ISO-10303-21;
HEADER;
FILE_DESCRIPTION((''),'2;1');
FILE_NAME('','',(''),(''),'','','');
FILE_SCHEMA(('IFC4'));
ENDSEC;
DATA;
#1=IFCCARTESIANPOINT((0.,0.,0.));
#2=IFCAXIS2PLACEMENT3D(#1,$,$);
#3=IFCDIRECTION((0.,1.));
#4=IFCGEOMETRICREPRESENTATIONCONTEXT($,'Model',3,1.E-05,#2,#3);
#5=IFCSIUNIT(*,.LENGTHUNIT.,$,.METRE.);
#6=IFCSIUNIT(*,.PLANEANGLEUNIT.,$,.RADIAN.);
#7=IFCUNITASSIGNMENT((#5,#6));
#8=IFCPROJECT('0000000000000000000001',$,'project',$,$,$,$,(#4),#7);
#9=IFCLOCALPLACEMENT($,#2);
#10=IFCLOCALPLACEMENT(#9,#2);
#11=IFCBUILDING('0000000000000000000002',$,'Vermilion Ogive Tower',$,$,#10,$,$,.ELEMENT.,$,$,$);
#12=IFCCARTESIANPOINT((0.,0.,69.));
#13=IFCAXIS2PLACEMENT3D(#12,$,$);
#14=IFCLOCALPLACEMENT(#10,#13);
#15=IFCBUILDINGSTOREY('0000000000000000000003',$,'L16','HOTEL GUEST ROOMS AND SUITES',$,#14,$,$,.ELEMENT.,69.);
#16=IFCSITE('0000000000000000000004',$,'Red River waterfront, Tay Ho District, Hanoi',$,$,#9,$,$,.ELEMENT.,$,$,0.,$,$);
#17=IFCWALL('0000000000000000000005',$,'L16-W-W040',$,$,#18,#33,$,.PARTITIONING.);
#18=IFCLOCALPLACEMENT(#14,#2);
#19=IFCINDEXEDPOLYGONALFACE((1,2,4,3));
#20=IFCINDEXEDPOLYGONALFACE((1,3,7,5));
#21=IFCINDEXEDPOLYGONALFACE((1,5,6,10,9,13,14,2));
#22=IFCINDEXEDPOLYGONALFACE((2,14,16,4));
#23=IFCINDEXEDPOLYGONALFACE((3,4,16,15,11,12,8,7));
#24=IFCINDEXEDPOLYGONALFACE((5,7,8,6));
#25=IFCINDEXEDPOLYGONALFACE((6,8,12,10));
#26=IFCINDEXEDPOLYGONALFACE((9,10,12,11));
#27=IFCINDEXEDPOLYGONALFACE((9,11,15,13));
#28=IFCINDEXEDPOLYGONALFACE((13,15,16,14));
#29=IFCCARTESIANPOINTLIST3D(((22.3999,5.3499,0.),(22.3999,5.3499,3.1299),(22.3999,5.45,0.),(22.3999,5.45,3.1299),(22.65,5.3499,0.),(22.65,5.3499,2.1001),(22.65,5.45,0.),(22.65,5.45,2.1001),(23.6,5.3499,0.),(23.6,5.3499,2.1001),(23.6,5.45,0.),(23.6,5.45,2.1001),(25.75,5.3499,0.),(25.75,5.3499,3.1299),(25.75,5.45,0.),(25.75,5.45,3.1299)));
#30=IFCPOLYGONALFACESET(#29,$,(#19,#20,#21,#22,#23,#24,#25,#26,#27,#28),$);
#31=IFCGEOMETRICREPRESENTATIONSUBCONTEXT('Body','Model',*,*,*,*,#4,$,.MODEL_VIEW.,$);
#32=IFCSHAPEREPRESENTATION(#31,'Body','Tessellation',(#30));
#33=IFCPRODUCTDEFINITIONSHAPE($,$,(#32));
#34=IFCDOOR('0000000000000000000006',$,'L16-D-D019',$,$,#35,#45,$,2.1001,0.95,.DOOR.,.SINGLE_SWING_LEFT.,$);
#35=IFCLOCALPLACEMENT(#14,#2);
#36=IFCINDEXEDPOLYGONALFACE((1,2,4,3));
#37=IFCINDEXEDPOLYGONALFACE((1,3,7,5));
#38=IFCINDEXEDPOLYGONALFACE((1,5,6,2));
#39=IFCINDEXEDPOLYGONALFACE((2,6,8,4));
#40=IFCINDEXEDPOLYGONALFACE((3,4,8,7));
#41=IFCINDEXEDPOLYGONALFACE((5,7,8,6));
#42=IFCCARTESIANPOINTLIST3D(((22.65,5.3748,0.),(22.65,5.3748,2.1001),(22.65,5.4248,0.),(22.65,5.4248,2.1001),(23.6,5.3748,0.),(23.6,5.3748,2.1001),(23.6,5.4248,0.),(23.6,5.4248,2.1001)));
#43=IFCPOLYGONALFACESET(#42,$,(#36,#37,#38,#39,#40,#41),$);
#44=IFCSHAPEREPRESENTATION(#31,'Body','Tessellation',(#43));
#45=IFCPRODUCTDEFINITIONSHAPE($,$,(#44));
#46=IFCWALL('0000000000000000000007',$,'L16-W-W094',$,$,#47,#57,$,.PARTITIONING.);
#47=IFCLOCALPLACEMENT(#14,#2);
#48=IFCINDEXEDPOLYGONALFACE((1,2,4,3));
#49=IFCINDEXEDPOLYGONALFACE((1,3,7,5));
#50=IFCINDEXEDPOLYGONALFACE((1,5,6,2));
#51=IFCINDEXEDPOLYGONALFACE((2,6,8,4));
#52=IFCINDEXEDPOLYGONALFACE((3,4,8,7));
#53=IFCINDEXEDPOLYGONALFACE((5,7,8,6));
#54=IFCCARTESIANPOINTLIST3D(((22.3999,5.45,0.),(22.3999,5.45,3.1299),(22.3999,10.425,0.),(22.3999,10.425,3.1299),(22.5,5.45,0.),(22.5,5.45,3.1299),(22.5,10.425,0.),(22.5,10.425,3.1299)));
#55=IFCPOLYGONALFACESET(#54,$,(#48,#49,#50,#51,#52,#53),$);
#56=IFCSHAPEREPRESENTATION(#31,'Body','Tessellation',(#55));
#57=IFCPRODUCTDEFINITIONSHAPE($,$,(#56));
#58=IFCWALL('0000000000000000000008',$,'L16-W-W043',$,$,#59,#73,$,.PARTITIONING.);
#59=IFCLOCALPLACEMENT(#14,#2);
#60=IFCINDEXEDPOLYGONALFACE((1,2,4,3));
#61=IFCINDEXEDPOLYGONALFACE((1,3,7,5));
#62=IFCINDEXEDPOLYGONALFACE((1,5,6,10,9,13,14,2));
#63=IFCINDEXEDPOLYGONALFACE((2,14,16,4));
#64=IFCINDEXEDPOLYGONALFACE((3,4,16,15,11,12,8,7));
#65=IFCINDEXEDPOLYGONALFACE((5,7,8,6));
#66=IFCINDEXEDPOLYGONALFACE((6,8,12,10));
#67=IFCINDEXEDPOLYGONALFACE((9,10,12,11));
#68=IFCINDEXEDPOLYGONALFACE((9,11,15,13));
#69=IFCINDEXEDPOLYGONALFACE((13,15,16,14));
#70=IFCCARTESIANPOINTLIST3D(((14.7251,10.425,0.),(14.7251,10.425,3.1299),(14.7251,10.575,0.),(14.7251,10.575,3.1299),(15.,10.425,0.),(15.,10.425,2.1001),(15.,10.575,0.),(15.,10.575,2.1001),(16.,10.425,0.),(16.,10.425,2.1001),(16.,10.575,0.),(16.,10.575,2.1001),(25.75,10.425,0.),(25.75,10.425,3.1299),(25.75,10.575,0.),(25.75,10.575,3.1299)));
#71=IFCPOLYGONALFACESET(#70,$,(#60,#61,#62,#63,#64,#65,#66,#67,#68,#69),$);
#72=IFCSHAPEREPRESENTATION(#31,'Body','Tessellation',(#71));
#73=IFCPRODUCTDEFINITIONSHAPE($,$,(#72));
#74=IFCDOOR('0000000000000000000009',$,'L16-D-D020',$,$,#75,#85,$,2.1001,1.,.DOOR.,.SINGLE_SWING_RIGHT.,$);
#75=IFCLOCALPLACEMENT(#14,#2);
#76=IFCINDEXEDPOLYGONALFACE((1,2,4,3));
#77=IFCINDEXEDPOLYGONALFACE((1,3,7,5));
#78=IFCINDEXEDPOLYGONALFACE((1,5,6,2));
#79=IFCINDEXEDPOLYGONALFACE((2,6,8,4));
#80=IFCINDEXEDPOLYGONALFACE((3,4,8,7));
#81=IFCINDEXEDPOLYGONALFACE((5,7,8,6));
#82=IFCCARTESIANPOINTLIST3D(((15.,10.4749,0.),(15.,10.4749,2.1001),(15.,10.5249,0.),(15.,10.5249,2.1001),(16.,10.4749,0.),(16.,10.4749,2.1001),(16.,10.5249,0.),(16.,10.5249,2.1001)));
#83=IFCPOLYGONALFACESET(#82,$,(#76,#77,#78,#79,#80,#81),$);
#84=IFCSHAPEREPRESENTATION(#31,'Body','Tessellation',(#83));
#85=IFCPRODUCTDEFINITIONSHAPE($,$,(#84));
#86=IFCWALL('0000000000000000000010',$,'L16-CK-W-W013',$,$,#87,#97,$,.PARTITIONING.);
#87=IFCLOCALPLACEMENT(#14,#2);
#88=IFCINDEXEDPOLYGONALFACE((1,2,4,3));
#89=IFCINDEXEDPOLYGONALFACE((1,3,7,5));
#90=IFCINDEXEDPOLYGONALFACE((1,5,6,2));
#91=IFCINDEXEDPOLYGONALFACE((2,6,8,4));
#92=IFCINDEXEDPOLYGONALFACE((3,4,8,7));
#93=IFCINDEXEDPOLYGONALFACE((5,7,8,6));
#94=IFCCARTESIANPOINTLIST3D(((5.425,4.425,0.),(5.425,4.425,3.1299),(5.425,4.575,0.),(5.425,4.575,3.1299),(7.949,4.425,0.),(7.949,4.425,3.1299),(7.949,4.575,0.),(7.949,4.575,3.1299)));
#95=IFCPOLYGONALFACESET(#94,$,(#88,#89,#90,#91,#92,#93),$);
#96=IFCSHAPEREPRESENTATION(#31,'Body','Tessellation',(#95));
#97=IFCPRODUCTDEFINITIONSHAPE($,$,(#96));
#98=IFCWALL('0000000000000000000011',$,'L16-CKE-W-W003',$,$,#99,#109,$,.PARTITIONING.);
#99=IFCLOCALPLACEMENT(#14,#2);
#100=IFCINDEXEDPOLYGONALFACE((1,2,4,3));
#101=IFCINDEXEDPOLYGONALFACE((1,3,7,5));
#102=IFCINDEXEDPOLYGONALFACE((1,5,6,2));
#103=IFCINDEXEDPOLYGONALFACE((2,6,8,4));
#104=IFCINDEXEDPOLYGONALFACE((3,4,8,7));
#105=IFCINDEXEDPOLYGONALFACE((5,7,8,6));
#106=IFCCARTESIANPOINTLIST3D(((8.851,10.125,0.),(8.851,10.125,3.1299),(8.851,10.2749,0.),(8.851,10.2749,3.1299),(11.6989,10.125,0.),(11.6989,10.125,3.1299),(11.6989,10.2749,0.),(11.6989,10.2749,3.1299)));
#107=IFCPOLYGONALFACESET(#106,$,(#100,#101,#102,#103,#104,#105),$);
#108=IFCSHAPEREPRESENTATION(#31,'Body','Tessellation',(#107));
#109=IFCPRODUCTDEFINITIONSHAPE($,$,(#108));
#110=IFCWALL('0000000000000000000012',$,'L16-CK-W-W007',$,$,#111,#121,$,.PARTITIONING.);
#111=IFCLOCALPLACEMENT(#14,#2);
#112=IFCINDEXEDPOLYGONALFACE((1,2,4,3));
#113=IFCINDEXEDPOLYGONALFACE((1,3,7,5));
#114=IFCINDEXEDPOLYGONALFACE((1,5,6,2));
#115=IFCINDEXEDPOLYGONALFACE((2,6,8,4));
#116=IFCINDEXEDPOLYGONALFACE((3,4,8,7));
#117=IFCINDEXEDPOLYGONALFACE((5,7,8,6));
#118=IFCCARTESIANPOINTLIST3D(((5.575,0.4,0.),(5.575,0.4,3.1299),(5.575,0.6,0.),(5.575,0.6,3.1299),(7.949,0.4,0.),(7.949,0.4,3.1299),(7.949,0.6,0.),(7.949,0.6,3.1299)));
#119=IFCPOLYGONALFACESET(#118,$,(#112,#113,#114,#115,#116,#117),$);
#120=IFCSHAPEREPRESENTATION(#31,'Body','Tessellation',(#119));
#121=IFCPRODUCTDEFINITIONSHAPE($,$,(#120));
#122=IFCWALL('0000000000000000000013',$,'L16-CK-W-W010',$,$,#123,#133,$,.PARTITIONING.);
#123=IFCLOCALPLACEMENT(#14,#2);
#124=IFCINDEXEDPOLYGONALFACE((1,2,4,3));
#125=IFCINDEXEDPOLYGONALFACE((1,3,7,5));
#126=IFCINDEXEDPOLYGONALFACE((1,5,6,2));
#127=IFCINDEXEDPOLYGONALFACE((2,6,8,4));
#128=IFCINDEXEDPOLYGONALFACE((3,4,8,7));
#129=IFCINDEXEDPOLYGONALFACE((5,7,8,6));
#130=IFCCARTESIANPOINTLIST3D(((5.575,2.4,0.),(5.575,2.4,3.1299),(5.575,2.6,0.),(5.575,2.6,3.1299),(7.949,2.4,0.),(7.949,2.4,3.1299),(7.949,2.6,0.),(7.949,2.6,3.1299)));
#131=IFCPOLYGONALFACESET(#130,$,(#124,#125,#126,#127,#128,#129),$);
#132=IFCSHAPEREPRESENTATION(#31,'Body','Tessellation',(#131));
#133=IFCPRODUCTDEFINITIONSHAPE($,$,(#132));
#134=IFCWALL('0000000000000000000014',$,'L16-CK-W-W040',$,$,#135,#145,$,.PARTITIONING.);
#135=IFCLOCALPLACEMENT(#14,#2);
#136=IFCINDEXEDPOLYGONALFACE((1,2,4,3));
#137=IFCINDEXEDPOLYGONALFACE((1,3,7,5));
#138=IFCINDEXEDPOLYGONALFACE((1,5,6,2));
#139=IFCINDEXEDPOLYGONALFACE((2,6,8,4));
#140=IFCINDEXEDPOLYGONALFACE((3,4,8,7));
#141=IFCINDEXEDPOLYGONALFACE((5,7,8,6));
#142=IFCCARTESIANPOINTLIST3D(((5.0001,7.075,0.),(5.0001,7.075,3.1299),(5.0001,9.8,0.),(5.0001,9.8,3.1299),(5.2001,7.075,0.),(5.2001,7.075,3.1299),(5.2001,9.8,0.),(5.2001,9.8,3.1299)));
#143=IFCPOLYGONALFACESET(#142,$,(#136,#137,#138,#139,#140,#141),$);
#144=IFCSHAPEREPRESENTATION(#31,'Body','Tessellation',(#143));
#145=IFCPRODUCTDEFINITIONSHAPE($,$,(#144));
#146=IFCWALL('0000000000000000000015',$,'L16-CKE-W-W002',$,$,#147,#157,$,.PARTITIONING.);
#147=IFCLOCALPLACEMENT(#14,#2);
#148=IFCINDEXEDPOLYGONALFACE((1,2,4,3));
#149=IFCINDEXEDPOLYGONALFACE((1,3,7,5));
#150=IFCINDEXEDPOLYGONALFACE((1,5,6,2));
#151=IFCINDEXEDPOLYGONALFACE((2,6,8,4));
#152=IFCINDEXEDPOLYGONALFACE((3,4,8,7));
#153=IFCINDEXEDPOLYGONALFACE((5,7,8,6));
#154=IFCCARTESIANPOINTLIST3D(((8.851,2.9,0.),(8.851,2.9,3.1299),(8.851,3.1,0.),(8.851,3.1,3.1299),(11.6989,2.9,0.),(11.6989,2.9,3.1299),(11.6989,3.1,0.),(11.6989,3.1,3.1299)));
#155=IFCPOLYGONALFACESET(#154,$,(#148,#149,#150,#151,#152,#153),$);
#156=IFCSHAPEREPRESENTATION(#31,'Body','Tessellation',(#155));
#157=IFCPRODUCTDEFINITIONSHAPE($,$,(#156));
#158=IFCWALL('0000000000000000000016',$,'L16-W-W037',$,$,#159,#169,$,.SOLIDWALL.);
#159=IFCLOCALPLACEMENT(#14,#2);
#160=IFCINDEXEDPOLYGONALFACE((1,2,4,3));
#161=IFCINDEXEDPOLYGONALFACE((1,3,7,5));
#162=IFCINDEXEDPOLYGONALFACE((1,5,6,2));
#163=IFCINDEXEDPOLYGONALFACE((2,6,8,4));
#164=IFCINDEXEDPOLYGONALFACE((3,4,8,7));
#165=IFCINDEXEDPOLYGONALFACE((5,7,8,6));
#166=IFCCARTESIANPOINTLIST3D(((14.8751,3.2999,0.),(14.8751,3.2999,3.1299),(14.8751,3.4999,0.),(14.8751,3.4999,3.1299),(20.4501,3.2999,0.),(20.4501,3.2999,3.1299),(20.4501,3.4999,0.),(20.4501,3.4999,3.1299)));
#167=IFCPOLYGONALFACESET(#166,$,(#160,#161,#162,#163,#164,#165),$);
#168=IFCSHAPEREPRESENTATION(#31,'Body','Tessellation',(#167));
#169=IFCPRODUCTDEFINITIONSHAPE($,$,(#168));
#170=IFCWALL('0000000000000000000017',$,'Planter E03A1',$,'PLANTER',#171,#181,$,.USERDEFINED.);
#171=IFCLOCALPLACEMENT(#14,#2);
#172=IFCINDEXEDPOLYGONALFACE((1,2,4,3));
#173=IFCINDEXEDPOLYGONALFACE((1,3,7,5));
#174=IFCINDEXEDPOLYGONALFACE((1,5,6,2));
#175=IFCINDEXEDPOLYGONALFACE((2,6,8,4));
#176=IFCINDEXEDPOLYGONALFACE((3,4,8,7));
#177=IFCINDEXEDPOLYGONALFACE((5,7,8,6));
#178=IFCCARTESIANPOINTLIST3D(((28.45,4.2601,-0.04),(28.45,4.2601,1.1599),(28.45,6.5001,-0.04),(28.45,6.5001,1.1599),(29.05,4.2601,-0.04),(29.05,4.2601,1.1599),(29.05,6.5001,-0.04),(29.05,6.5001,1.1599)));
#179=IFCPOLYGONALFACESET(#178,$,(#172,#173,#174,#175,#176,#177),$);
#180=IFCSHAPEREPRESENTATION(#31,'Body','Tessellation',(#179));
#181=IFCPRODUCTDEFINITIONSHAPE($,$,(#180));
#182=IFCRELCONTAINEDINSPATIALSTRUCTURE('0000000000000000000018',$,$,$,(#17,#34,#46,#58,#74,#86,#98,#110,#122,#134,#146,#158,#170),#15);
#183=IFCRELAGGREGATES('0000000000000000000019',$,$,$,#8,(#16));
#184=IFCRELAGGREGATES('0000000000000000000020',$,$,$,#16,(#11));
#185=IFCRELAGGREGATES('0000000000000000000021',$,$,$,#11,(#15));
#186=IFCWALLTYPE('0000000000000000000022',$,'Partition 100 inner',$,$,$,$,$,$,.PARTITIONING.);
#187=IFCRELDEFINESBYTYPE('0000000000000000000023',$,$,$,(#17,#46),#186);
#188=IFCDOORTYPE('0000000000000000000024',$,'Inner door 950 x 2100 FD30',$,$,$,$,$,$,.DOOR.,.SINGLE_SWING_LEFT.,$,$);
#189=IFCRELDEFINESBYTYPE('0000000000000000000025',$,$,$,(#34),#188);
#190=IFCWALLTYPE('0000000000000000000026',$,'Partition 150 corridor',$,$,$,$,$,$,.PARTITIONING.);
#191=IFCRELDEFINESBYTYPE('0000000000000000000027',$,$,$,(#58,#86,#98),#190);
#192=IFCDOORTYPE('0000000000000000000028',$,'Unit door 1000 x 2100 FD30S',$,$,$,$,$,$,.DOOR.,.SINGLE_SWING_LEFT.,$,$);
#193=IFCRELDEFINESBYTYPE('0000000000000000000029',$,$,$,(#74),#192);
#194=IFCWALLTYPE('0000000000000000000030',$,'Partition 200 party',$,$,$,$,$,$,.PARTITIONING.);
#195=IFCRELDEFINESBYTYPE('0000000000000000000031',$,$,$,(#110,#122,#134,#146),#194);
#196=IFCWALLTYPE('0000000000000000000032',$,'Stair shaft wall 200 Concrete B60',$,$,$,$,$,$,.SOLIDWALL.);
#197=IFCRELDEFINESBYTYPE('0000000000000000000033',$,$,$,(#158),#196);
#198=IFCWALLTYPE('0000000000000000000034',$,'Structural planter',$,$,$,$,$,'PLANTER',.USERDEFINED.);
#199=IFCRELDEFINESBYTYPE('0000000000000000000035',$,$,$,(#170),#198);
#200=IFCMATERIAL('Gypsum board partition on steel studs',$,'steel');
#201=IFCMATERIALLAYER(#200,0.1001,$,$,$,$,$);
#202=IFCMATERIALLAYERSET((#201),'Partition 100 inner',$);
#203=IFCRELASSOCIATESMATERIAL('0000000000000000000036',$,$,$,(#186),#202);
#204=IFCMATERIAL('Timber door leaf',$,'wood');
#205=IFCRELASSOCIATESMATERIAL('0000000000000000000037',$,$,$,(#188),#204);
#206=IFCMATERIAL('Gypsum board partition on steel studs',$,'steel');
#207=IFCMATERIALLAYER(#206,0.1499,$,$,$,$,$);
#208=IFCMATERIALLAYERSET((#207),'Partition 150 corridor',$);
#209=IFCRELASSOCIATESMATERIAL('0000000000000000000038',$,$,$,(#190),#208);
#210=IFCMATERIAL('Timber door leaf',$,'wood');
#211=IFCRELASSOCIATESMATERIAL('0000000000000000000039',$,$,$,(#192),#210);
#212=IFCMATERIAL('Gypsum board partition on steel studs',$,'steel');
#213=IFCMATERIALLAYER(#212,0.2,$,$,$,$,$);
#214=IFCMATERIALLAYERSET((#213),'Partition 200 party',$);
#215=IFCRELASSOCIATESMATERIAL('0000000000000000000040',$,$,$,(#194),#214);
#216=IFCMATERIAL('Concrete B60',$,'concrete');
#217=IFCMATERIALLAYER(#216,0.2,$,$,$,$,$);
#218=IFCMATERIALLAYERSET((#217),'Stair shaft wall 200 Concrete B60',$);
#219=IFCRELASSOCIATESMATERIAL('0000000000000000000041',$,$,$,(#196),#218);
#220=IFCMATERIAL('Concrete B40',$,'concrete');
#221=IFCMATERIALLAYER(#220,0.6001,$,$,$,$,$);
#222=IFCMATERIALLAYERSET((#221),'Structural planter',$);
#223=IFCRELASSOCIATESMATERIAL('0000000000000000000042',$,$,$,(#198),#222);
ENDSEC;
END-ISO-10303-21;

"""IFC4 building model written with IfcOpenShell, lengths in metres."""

from ifc_helpers import new_model, si_unit, direction, frame, frame_2d, origin, place, context, subcontext, project, spatial, rectangle, extrude, material, layer, layer_set, type_object, element, fill, save


model = new_model("IFC4")

# Units and contexts
model_context = context("Model", 3, precision=1e-05, world=origin(), true_north=direction((0.0, 1.0)))
body_context = subcontext(model_context, "Body", "Model", "MODEL_VIEW")
ifc_project = project(units=[si_unit("LENGTHUNIT", "METRE"), si_unit("PLANEANGLEUNIT", "RADIAN")], contexts=[model_context])

# Site, building, storey
site_placement = place(None, origin())
site = spatial("IfcSite", under=ifc_project, at=site_placement, Name="Red River waterfront, Tay Ho District, Hanoi", CompositionType="ELEMENT", RefElevation=0.0)
building_placement = place(site_placement, origin())
building = spatial("IfcBuilding", under=site, at=building_placement, Name="Vermilion Ogive Tower", CompositionType="ELEMENT")
storey_placement = place(building_placement, frame((0.0, 0.0, 69.0)))
storey = spatial("IfcBuildingStorey", under=building, at=storey_placement, Name="L16", Description="HOTEL GUEST ROOMS AND SUITES", CompositionType="ELEMENT", Elevation=69.0)

# Wall, opening, door
ifc_material_1 = material(Name="Gypsum board partition on steel studs", Category="steel")
ifc_layer_1 = layer(ifc_material_1, 0.1001)
ifc_layer_set_1 = layer_set([ifc_layer_1], Name="Partition 100 inner")
wall_type_1 = type_object("IfcWallType", Name="Partition 100 inner", PredefinedType="PARTITIONING", material=ifc_layer_set_1)
ifc_material_2 = material(Name="Timber door leaf", Category="wood")
door_type_1 = type_object("IfcDoorType", Name="Inner door 950 x 2100 FD30", OperationType="SINGLE_SWING_LEFT", PredefinedType="DOOR", material=ifc_material_2)
wall_1_placement = place(storey_placement, frame((22.3999, 5.3999, 0.0), z_axis=(0.0, 0.0, 1.0), x_axis=(1.0, 0.0, 0.0)))
wall_1 = element("IfcWall", 1, at=wall_1_placement, inside=storey, type_object=wall_type_1, Name="L16-W-W040", PredefinedType="PARTITIONING", context=body_context, shape_type="SweptSolid", body=[
    extrude(rectangle(XDim=3.3501, YDim=0.1001, at=frame_2d((1.675, 0.0))), origin(), (0.0, 0.0, 1.0), 3.1299),
])
opening_1_placement = place(wall_1_placement, frame((0.25, 0.0, 0.0)))
opening_1 = element("IfcOpeningElement", 2, at=opening_1_placement, cuts=wall_1, PredefinedType="OPENING", context=body_context, shape_type="SweptSolid", body=[
    extrude(rectangle(XDim=0.95, YDim=2.1001, at=frame_2d((0.4751, 1.05))), frame((0.0, 0.0601, 0.0), z_axis=(0.0, -1.0, 0.0), x_axis=(1.0, 0.0, 0.0)), (0.0, 0.0, 1.0), 0.1201),
])
door_1_placement = place(opening_1_placement, origin())
door_1 = element("IfcDoor", 3, at=door_1_placement, inside=storey, type_object=door_type_1, Name="L16-D-D019", OperationType="SINGLE_SWING_LEFT", OverallHeight=2.1001, OverallWidth=0.95, PredefinedType="DOOR", context=body_context, shape_type="SweptSolid", body=[
    extrude(rectangle(XDim=0.95, YDim=2.1001, at=frame_2d((0.4751, 1.05))), frame((0.0, 0.0249, 0.0), z_axis=(0.0, -1.0, 0.0), x_axis=(1.0, 0.0, 0.0)), (0.0, 0.0, 1.0), 0.05),
])
fill(opening_1, door_1)

# Wall
wall_2_placement = place(storey_placement, frame((22.45, 5.45, 0.0), z_axis=(0.0, 0.0, 1.0), x_axis=(0.0, 1.0, 0.0)))
element("IfcWall", 4, at=wall_2_placement, inside=storey, type_object=wall_type_1, Name="L16-W-W094", PredefinedType="PARTITIONING", context=body_context, shape_type="SweptSolid", body=[
    extrude(rectangle(XDim=4.9751, YDim=0.1001, at=frame_2d((2.4875, 0.0))), origin(), (0.0, 0.0, 1.0), 3.1299),
])

# Wall, opening, door
ifc_material_3 = material(Name="Gypsum board partition on steel studs", Category="steel")
ifc_layer_2 = layer(ifc_material_3, 0.1499)
ifc_layer_set_2 = layer_set([ifc_layer_2], Name="Partition 150 corridor")
wall_type_2 = type_object("IfcWallType", Name="Partition 150 corridor", PredefinedType="PARTITIONING", material=ifc_layer_set_2)
wall_3_placement = place(storey_placement, frame((14.7251, 10.5, 0.0), z_axis=(0.0, 0.0, 1.0), x_axis=(1.0, 0.0, 0.0)))
wall_3 = element("IfcWall", 5, at=wall_3_placement, inside=storey, type_object=wall_type_2, Name="L16-W-W043", PredefinedType="PARTITIONING", context=body_context, shape_type="SweptSolid", body=[
    extrude(rectangle(XDim=11.0249, YDim=0.1499, at=frame_2d((5.5125, 0.0))), origin(), (0.0, 0.0, 1.0), 3.1299),
])
opening_2_placement = place(wall_3_placement, frame((0.2749, 0.0, 0.0)))
opening_2 = element("IfcOpeningElement", 6, at=opening_2_placement, cuts=wall_3, PredefinedType="OPENING", context=body_context, shape_type="SweptSolid", body=[
    extrude(rectangle(XDim=1.0, YDim=2.1001, at=frame_2d((0.5, 1.05))), frame((0.0, 0.085, 0.0), z_axis=(0.0, -1.0, 0.0), x_axis=(1.0, 0.0, 0.0)), (0.0, 0.0, 1.0), 0.1699),
])
ifc_material_4 = material(Name="Timber door leaf", Category="wood")
door_type_2 = type_object("IfcDoorType", Name="Unit door 1000 x 2100 FD30S", OperationType="SINGLE_SWING_LEFT", PredefinedType="DOOR", material=ifc_material_4)
door_2_placement = place(opening_2_placement, origin())
door_2 = element("IfcDoor", 7, at=door_2_placement, inside=storey, type_object=door_type_2, Name="L16-D-D020", OperationType="SINGLE_SWING_RIGHT", OverallHeight=2.1001, OverallWidth=1.0, PredefinedType="DOOR", context=body_context, shape_type="SweptSolid", body=[
    extrude(rectangle(XDim=1.0, YDim=2.1001, at=frame_2d((0.5, 1.05))), frame((0.0, 0.0249, 0.0), z_axis=(0.0, -1.0, 0.0), x_axis=(1.0, 0.0, 0.0)), (0.0, 0.0, 1.0), 0.05),
])
fill(opening_2, door_2)

# Walls
wall_4_placement = place(storey_placement, frame((5.425, 4.5, 0.0), z_axis=(0.0, 0.0, 1.0), x_axis=(1.0, 0.0, 0.0)))
element("IfcWall", 8, at=wall_4_placement, inside=storey, type_object=wall_type_2, Name="L16-CK-W-W013", PredefinedType="PARTITIONING", context=body_context, shape_type="SweptSolid", body=[
    extrude(rectangle(XDim=2.5239, YDim=0.1499, at=frame_2d((1.262, 0.0))), origin(), (0.0, 0.0, 1.0), 3.1299),
])
wall_5_placement = place(storey_placement, frame((8.8511, 10.2, 0.0), z_axis=(0.0, 0.0, 1.0), x_axis=(1.0, 0.0, 0.0)))
element("IfcWall", 9, at=wall_5_placement, inside=storey, type_object=wall_type_2, Name="L16-CKE-W-W003", PredefinedType="PARTITIONING", context=body_context, shape_type="SweptSolid", body=[
    extrude(rectangle(XDim=2.8479, YDim=0.1499, at=frame_2d((1.4238, 0.0))), origin(), (0.0, 0.0, 1.0), 3.1299),
])
ifc_material_5 = material(Name="Gypsum board partition on steel studs", Category="steel")
ifc_layer_3 = layer(ifc_material_5, 0.2)
ifc_layer_set_3 = layer_set([ifc_layer_3], Name="Partition 200 party")
wall_type_3 = type_object("IfcWallType", Name="Partition 200 party", PredefinedType="PARTITIONING", material=ifc_layer_set_3)
for number, where, z_axis, x_axis, name in (
    (10, (5.575, 0.5, 0.0), (0.0, 0.0, 1.0), (1.0, 0.0, 0.0), "L16-CK-W-W007"),
    (11, (5.575, 2.5, 0.0), (0.0, 0.0, 1.0), (1.0, 0.0, 0.0), "L16-CK-W-W010"),
):
    element("IfcWall", number, at=place(storey_placement, frame(where, z_axis=z_axis, x_axis=x_axis)), inside=storey, type_object=wall_type_3, Name=name, PredefinedType="PARTITIONING", context=body_context, shape_type="SweptSolid", body=[
        extrude(rectangle(XDim=2.374, YDim=0.2, at=frame_2d((1.187, 0.0))), origin(), (0.0, 0.0, 1.0), 3.1299),
    ])
wall_6_placement = place(storey_placement, frame((5.1001, 7.075, 0.0), z_axis=(0.0, 0.0, 1.0), x_axis=(0.0, 1.0, 0.0)))
element("IfcWall", 12, at=wall_6_placement, inside=storey, type_object=wall_type_3, Name="L16-CK-W-W040", PredefinedType="PARTITIONING", context=body_context, shape_type="SweptSolid", body=[
    extrude(rectangle(XDim=2.7251, YDim=0.2, at=frame_2d((1.3625, 0.0))), origin(), (0.0, 0.0, 1.0), 3.1299),
])
wall_7_placement = place(storey_placement, frame((8.8511, 3.0, 0.0), z_axis=(0.0, 0.0, 1.0), x_axis=(1.0, 0.0, 0.0)))
element("IfcWall", 13, at=wall_7_placement, inside=storey, type_object=wall_type_3, Name="L16-CKE-W-W002", PredefinedType="PARTITIONING", context=body_context, shape_type="SweptSolid", body=[
    extrude(rectangle(XDim=2.8479, YDim=0.2, at=frame_2d((1.4238, 0.0))), origin(), (0.0, 0.0, 1.0), 3.1299),
])
ifc_material_6 = material(Name="Concrete B60", Category="concrete")
ifc_layer_4 = layer(ifc_material_6, 0.2)
ifc_layer_set_4 = layer_set([ifc_layer_4], Name="Stair shaft wall 200 Concrete B60")
wall_type_4 = type_object("IfcWallType", Name="Stair shaft wall 200 Concrete B60", PredefinedType="SOLIDWALL", material=ifc_layer_set_4)
wall_8_placement = place(storey_placement, frame((14.875, 3.3999, 0.0), z_axis=(0.0, 0.0, 1.0), x_axis=(1.0, 0.0, 0.0)))
element("IfcWall", 14, at=wall_8_placement, inside=storey, type_object=wall_type_4, Name="L16-W-W037", PredefinedType="SOLIDWALL", context=body_context, shape_type="SweptSolid", body=[
    extrude(rectangle(XDim=5.575, YDim=0.2, at=frame_2d((2.7876, 0.0))), origin(), (0.0, 0.0, 1.0), 3.1299),
])
ifc_material_7 = material(Name="Concrete B40", Category="concrete")
ifc_layer_5 = layer(ifc_material_7, 0.6001)
ifc_layer_set_5 = layer_set([ifc_layer_5], Name="Structural planter")
wall_type_5 = type_object("IfcWallType", Name="Structural planter", ElementType="PLANTER", PredefinedType="USERDEFINED", material=ifc_layer_set_5)
wall_9_placement = place(storey_placement, frame((28.75, 4.26, -0.04), z_axis=(0.0, 0.0, 1.0), x_axis=(0.0, 1.0, 0.0)))
element("IfcWall", 15, at=wall_9_placement, inside=storey, type_object=wall_type_5, Name="Planter E03A1", ObjectType="PLANTER", PredefinedType="USERDEFINED", context=body_context, shape_type="SweptSolid", body=[
    extrude(rectangle(XDim=2.24, YDim=0.6001, at=frame_2d((1.1201, 0.0))), origin(), (0.0, 0.0, 1.0), 1.2),
])

save(model, "model.ifc")
